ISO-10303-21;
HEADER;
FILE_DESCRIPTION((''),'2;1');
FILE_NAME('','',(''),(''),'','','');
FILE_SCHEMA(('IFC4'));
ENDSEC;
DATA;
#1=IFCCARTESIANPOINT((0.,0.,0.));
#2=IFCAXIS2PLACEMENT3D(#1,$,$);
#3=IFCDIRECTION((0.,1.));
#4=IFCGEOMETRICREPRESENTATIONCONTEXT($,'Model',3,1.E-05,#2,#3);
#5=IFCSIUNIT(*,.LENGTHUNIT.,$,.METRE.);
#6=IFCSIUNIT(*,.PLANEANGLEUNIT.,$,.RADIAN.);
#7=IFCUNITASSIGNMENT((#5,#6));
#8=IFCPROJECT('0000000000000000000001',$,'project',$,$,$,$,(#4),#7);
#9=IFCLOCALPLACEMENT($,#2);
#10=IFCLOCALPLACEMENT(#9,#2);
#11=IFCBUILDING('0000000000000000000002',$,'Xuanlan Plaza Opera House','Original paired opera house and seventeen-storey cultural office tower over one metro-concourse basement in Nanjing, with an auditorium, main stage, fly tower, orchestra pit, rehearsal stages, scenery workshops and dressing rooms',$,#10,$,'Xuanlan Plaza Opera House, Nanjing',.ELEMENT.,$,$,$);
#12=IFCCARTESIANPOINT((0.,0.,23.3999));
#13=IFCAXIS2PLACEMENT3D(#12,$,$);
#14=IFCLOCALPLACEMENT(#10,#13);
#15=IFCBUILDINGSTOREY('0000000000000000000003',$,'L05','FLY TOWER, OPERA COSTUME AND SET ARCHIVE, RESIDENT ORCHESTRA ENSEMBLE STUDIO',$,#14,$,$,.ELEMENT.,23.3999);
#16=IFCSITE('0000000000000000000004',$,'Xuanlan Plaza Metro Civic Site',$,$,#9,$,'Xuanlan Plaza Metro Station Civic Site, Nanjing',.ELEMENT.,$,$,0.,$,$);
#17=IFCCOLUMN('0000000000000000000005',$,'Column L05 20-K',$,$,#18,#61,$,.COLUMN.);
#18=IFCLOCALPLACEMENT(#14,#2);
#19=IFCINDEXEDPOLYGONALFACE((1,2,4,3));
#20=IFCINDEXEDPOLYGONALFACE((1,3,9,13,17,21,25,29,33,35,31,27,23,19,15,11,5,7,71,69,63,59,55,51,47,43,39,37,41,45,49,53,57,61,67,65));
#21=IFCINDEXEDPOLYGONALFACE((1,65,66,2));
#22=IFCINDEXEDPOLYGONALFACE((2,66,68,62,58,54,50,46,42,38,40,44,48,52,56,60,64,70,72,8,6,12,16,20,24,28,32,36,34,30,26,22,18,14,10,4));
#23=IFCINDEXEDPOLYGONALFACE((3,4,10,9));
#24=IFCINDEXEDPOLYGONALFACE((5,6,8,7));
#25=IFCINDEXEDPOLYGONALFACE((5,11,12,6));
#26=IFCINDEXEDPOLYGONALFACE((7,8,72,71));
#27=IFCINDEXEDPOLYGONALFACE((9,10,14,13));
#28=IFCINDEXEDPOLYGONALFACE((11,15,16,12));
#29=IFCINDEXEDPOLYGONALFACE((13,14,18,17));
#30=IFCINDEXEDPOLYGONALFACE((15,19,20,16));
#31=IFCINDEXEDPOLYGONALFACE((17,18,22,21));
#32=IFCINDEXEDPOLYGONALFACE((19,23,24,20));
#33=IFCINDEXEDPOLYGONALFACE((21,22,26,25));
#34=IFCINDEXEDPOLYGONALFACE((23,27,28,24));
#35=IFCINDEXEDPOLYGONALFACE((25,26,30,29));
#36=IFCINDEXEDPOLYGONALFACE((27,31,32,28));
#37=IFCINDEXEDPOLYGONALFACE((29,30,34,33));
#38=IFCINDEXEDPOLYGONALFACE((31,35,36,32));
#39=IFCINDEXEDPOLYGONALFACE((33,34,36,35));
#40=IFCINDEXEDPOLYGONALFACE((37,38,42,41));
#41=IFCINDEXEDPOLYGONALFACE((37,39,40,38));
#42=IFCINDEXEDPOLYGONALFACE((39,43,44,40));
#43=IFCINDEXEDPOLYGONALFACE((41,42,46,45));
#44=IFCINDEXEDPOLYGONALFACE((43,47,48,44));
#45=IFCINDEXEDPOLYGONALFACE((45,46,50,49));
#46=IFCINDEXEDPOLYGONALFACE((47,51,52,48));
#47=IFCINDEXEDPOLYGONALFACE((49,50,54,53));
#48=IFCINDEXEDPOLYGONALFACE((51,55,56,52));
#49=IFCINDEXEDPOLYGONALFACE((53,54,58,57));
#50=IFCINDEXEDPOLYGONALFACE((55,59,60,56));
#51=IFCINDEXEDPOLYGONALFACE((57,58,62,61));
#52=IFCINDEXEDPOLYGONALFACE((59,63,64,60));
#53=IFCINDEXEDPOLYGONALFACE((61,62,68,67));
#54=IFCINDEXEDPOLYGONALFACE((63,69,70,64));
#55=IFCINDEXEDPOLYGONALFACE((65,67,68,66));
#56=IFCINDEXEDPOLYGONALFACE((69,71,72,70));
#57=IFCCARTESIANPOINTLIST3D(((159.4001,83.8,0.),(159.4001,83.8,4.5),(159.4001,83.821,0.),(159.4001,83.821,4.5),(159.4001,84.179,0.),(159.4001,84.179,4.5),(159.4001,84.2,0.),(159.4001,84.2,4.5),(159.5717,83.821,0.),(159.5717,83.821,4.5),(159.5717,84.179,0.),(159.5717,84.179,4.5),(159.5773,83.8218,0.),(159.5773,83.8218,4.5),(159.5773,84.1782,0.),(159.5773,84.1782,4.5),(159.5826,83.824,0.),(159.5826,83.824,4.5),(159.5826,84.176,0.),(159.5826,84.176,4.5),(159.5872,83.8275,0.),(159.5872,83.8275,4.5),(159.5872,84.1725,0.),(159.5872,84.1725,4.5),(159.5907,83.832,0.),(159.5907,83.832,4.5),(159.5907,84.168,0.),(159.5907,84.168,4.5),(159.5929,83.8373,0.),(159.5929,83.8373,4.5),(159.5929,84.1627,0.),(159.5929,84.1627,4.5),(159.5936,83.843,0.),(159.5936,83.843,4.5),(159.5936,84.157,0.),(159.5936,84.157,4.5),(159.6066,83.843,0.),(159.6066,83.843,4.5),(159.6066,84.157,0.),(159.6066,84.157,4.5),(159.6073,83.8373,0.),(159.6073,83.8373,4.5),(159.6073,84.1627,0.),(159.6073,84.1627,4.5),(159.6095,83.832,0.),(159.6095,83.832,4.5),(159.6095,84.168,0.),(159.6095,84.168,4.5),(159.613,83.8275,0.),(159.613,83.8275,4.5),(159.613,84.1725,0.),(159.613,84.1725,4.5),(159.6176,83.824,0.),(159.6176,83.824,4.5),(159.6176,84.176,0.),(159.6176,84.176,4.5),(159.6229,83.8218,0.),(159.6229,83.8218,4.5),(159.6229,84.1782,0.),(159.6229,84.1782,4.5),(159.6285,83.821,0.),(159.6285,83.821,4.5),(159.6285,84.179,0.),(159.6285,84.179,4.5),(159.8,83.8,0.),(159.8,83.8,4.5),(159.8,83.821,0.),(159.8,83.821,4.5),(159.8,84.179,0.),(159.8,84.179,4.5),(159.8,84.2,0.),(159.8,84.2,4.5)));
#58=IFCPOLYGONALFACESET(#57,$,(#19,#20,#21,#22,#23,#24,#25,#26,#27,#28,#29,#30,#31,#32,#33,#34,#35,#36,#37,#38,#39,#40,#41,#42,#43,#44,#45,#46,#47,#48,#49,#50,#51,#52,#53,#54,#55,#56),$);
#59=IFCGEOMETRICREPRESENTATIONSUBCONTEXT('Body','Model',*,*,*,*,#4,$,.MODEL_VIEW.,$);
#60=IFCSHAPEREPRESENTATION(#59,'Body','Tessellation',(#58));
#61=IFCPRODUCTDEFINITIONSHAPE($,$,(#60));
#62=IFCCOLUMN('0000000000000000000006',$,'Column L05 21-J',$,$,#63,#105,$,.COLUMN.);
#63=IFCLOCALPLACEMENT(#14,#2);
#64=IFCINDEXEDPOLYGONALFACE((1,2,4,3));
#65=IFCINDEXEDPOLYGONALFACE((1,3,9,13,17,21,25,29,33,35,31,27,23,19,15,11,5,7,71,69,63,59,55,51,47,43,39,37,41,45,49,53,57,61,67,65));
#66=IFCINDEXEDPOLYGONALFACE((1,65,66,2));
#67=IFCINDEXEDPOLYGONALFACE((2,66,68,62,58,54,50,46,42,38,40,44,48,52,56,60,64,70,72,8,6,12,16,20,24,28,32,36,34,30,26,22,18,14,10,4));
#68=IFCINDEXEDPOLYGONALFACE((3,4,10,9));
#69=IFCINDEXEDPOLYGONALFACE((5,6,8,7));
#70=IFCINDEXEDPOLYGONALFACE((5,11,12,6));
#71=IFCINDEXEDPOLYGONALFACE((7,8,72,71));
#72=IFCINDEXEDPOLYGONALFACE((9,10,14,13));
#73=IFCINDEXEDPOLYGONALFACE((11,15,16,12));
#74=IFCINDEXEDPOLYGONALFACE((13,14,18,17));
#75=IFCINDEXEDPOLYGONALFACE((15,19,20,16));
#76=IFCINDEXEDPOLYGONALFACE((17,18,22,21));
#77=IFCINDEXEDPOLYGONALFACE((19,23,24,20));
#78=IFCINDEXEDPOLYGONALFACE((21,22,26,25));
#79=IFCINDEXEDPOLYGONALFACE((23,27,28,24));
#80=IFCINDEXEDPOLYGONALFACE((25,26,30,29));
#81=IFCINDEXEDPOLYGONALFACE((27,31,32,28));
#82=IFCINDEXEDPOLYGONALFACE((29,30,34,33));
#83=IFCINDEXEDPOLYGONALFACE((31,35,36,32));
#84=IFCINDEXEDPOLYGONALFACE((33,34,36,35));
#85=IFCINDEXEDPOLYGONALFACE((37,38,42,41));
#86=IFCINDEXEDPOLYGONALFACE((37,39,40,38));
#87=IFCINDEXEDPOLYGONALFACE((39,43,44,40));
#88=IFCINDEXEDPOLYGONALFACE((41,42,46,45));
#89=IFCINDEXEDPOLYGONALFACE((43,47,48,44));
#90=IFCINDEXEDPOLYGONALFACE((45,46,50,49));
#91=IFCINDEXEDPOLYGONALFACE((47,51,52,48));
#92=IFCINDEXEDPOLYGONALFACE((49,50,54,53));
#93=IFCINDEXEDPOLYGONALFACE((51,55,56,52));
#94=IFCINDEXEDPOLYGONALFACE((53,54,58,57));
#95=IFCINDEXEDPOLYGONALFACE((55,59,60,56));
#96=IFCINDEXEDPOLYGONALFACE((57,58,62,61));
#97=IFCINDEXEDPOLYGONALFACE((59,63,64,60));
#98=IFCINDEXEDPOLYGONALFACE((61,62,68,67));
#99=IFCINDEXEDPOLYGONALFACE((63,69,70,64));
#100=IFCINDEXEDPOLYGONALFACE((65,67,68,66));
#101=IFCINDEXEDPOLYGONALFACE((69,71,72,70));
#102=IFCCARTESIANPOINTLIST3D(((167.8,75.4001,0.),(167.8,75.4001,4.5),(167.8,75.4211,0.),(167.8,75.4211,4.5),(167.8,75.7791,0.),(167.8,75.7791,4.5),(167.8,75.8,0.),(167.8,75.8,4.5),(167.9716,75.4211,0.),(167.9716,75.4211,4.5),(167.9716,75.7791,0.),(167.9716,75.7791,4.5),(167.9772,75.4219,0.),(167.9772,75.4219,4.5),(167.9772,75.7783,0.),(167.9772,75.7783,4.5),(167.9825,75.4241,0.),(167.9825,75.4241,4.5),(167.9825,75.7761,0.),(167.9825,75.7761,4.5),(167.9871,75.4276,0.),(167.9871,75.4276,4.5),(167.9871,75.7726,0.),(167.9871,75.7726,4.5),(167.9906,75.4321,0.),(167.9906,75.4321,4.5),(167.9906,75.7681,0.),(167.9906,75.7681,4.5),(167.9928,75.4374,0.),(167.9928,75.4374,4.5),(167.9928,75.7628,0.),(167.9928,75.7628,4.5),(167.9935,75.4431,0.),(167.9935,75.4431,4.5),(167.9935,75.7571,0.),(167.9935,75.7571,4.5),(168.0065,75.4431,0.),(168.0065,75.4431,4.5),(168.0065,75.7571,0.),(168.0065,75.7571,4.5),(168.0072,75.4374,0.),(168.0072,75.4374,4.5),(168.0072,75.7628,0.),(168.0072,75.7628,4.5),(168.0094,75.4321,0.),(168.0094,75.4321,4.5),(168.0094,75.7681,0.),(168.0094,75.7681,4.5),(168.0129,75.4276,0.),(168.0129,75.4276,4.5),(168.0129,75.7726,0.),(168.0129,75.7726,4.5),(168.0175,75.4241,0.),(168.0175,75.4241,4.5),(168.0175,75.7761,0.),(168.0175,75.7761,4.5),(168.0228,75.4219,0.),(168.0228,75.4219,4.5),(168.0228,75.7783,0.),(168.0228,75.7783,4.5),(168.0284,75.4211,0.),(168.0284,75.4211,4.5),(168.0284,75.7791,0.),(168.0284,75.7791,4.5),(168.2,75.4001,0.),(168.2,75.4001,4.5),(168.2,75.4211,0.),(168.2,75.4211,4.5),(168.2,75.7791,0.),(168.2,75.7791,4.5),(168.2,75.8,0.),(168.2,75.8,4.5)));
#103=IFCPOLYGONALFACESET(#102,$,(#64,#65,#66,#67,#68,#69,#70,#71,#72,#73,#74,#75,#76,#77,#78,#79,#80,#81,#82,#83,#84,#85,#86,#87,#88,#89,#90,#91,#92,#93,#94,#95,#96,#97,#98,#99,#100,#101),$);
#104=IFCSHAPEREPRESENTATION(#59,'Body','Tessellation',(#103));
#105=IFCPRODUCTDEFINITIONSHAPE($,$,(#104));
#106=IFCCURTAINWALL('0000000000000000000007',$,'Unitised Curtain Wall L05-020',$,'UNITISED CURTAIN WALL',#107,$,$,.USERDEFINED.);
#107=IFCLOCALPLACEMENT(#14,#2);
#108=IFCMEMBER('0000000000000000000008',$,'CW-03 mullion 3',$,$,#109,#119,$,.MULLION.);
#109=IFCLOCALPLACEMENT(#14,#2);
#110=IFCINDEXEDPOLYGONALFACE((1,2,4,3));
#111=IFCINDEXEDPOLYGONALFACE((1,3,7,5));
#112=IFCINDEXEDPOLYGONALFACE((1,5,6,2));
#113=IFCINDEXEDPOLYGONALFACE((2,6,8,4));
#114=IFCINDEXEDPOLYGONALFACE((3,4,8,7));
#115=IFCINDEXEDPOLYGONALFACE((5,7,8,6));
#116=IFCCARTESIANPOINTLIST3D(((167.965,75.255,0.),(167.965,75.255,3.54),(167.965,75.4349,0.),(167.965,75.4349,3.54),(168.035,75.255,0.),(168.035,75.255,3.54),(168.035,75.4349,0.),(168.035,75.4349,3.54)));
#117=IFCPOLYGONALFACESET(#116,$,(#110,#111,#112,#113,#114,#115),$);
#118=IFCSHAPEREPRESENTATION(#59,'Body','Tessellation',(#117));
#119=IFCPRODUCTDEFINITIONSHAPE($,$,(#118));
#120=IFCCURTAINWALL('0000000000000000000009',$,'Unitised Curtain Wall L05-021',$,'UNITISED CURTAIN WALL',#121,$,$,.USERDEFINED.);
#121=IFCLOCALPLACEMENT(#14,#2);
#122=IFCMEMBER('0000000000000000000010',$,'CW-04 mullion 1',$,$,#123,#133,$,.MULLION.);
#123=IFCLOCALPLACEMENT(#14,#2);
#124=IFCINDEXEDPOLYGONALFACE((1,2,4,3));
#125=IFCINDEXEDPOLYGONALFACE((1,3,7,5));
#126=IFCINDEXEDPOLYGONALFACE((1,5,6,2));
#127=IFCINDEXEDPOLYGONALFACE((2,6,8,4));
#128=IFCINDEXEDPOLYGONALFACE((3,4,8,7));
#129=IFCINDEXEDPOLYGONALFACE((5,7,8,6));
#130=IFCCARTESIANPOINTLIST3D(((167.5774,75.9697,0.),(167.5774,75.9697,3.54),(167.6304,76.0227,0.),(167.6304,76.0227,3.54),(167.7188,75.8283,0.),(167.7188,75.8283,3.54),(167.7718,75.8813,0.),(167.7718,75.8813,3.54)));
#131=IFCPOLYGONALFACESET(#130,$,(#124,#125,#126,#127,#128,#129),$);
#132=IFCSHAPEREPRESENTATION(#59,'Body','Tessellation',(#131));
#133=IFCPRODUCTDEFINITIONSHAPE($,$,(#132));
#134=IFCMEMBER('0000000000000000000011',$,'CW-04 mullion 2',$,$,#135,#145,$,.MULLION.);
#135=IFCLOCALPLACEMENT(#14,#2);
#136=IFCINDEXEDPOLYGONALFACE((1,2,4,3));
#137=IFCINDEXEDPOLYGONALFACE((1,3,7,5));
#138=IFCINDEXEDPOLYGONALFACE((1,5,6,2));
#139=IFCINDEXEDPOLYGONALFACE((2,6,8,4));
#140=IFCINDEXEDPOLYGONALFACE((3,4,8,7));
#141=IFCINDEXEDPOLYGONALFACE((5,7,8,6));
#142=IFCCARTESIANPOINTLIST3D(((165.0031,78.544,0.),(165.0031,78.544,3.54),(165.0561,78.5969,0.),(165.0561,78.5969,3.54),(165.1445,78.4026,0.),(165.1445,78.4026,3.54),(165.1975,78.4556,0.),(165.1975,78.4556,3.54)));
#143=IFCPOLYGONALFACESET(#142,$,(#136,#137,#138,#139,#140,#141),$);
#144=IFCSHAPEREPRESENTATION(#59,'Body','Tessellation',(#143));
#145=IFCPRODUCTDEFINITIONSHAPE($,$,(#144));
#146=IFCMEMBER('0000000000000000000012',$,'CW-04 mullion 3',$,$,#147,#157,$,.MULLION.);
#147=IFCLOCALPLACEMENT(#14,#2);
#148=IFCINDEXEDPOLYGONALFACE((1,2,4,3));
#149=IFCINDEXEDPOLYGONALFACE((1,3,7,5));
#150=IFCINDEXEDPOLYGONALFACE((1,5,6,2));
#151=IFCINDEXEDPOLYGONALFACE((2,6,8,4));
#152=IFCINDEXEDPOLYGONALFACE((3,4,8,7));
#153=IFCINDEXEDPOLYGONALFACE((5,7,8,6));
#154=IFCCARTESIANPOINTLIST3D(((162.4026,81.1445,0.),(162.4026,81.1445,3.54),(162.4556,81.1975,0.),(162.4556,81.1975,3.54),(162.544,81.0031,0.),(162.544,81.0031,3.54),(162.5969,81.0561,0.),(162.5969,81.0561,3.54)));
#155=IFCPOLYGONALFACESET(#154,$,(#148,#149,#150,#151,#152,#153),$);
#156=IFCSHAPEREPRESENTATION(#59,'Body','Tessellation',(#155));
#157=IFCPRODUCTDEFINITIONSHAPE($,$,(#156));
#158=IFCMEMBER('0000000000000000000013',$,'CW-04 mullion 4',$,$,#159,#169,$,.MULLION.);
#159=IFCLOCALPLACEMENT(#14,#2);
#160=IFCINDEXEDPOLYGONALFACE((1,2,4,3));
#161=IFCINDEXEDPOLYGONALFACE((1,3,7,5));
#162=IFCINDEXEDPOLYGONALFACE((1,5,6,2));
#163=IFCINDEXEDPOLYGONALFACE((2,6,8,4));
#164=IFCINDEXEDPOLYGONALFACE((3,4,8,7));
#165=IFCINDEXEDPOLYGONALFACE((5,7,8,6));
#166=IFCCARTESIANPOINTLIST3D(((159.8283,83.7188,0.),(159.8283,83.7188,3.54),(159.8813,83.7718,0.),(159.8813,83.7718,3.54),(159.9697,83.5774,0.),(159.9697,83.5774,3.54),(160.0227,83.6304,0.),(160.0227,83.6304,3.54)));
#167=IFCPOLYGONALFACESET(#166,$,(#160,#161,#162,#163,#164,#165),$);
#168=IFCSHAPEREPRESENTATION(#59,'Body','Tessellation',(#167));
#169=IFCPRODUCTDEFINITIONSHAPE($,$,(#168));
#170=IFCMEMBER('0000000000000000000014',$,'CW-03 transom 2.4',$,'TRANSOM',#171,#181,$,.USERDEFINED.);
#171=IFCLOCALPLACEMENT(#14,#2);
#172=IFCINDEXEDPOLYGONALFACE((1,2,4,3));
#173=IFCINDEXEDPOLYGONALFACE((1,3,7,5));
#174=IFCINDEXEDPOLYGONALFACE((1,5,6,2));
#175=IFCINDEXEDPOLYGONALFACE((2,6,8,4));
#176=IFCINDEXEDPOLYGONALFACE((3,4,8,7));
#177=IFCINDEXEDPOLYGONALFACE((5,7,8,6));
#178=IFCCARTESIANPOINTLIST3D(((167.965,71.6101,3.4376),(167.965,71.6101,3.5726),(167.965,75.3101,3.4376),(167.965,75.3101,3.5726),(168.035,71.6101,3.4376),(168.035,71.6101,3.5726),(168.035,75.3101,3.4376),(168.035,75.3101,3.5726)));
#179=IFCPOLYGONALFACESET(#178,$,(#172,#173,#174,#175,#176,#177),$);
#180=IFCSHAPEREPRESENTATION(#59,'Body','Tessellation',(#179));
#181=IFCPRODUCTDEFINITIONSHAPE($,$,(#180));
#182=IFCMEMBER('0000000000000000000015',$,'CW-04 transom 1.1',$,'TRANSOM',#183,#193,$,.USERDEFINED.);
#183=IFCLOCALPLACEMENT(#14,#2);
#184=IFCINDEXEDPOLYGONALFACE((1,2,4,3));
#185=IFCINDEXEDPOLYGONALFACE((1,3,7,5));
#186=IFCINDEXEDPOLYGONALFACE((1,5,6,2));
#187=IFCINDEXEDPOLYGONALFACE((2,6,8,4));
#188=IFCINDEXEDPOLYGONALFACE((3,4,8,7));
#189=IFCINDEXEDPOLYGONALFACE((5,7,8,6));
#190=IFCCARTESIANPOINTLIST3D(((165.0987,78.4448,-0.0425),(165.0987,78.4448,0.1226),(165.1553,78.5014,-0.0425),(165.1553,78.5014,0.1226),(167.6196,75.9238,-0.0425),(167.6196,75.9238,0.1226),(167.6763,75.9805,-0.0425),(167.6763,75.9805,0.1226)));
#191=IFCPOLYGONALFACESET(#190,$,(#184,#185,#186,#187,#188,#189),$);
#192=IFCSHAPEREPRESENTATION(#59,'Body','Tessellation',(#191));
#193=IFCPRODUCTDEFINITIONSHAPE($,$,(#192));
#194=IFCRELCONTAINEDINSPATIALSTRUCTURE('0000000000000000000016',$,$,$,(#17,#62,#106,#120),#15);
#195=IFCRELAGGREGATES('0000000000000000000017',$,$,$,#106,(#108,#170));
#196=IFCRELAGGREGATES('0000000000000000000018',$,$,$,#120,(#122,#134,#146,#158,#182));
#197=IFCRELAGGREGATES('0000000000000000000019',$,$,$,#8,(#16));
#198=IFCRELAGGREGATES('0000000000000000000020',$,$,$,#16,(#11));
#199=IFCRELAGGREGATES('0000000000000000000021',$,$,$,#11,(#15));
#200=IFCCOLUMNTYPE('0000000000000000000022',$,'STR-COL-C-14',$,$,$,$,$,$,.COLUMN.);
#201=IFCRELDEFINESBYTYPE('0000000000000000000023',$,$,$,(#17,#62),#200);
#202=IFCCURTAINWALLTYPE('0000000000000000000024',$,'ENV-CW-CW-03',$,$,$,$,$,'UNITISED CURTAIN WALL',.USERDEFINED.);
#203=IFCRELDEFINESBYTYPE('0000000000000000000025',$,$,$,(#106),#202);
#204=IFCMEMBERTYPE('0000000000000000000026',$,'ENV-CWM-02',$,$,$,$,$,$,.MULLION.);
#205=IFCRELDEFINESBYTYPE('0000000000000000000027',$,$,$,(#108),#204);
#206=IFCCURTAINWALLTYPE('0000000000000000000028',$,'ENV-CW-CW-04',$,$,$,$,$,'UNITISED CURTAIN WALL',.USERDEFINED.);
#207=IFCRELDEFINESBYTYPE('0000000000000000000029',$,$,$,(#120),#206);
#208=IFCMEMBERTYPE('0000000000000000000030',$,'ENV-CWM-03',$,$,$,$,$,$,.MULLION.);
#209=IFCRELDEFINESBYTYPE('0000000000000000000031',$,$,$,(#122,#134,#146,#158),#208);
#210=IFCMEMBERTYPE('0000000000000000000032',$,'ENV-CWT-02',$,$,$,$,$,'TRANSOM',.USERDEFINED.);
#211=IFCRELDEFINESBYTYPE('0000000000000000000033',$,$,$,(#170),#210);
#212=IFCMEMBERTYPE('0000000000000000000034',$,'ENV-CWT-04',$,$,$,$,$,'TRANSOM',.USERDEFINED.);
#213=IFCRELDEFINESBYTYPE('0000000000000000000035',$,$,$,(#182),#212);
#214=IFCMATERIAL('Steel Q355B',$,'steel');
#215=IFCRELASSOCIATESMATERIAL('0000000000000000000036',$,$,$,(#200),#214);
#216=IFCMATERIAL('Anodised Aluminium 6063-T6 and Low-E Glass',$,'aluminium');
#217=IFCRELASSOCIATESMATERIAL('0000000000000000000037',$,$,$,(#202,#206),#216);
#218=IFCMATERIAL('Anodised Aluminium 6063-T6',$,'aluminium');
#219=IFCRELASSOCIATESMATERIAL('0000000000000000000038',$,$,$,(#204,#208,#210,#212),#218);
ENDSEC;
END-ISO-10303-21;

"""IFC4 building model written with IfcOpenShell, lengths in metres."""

from ifc_helpers import new_model, si_unit, direction, frame, origin, origin_2d, place, context, subcontext, project, spatial, rectangle, i_section, extrude, material, material_profile, profile_set, type_object, element, aggregate, save


model = new_model("IFC4")

# Units and contexts
model_context = context("Model", 3, precision=1e-05, world=origin(), true_north=direction((0.0, 1.0)))
body_context = subcontext(model_context, "Body", "Model", "MODEL_VIEW")
ifc_project = project(units=[si_unit("LENGTHUNIT", "METRE"), si_unit("PLANEANGLEUNIT", "RADIAN")], contexts=[model_context])

# Site, building, storey
site_placement = place(None, origin())
site = spatial("IfcSite", under=ifc_project, at=site_placement, Name="Xuanlan Plaza Metro Civic Site", LongName="Xuanlan Plaza Metro Station Civic Site, Nanjing", CompositionType="ELEMENT", RefElevation=0.0)
building_placement = place(site_placement, origin())
building = spatial("IfcBuilding", under=site, at=building_placement, Name="Xuanlan Plaza Opera House", Description="Original paired opera house and seventeen-storey cultural office tower over one metro-concourse basement in Nanjing, with an auditorium, main stage, fly tower, orchestra pit, rehearsal stages, scenery workshops and dressing rooms", LongName="Xuanlan Plaza Opera House, Nanjing", CompositionType="ELEMENT")
storey_placement = place(building_placement, frame((0.0, 0.0, 23.3999)))
storey = spatial("IfcBuildingStorey", under=building, at=storey_placement, Name="L05", Description="FLY TOWER, OPERA COSTUME AND SET ARCHIVE, RESIDENT ORCHESTRA ENSEMBLE STUDIO", CompositionType="ELEMENT", Elevation=23.3999)

# Columns
ifc_material_1 = material(Name="Steel Q355B", Category="steel")
ifc_material_profile_1 = material_profile(ifc_material_1, i_section(OverallWidth=0.3999, OverallDepth=0.3999, WebThickness=0.0129, FlangeThickness=0.021, FilletRadius=0.022, at=origin_2d()), Name="HW 400x400x13x21")
ifc_profile_set_1 = profile_set([ifc_material_profile_1], Name="Steel Q355B")
column_type = type_object("IfcColumnType", Name="STR-COL-C-14", PredefinedType="COLUMN", material=ifc_profile_set_1)
for number, where, z_axis, x_axis, name in (
    (1, (159.6001, 84.0, 0.0), (0.0, 0.0, 1.0), (1.0, 0.0, 0.0), "Column L05 20-K"),
    (2, (168.0, 75.6001, 0.0), (0.0, 0.0, 1.0), (1.0, 0.0, 0.0), "Column L05 21-J"),
):
    element("IfcColumn", number, at=place(storey_placement, frame(where, z_axis=z_axis, x_axis=x_axis)), inside=storey, type_object=column_type, Name=name, PredefinedType="COLUMN", context=body_context, shape_type="SweptSolid", body=[
        extrude(i_section(OverallWidth=0.3999, OverallDepth=0.3999, WebThickness=0.0129, FlangeThickness=0.021, FilletRadius=0.022, at=origin_2d()), origin(), (0.0, 0.0, 1.0), 4.5),
    ])

# Curtain wall, member
ifc_material_2 = material(Name="Anodised Aluminium 6063-T6 and Low-E Glass", Category="aluminium")
curtain_wall_type_1 = type_object("IfcCurtainWallType", Name="ENV-CW-CW-03", ElementType="UNITISED CURTAIN WALL", PredefinedType="USERDEFINED", material=ifc_material_2)
curtain_wall_1_placement = place(storey_placement, origin())
curtain_wall_1 = element("IfcCurtainWall", 3, at=curtain_wall_1_placement, inside=storey, type_object=curtain_wall_type_1, Name="Unitised Curtain Wall L05-020", ObjectType="UNITISED CURTAIN WALL", PredefinedType="USERDEFINED")
ifc_material_3 = material(Name="Anodised Aluminium 6063-T6", Category="aluminium")
ifc_material_profile_2 = material_profile(ifc_material_3, rectangle(XDim=0.0701, YDim=0.1799, at=origin_2d()), Name="ALU-M 70x180")
ifc_profile_set_2 = profile_set([ifc_material_profile_2], Name="Anodised Aluminium 6063-T6")
member_type_1 = type_object("IfcMemberType", Name="ENV-CWM-02", PredefinedType="MULLION", material=ifc_profile_set_2)
member_1_placement = place(storey_placement, frame((168.0, 75.345, 0.0), z_axis=(0.0, 0.0, 1.0), x_axis=(-1.0, 0.0, 0.0)))
member_1 = element("IfcMember", 4, at=member_1_placement, type_object=member_type_1, Name="CW-03 mullion 3", PredefinedType="MULLION", context=body_context, shape_type="SweptSolid", body=[
    extrude(rectangle(XDim=0.0701, YDim=0.1799, at=origin_2d()), origin(), (0.0, 0.0, 1.0), 3.54),
])

# Curtain wall, members
curtain_wall_type_2 = type_object("IfcCurtainWallType", Name="ENV-CW-CW-04", ElementType="UNITISED CURTAIN WALL", PredefinedType="USERDEFINED", material=ifc_material_2)
curtain_wall_2_placement = place(storey_placement, origin())
curtain_wall_2 = element("IfcCurtainWall", 5, at=curtain_wall_2_placement, inside=storey, type_object=curtain_wall_type_2, Name="Unitised Curtain Wall L05-021", ObjectType="UNITISED CURTAIN WALL", PredefinedType="USERDEFINED")
ifc_material_profile_3 = material_profile(ifc_material_3, rectangle(XDim=0.075, YDim=0.2, at=origin_2d()), Name="ALU-M 75x200")
ifc_profile_set_3 = profile_set([ifc_material_profile_3], Name="Anodised Aluminium 6063-T6")
member_type_2 = type_object("IfcMemberType", Name="ENV-CWM-03", PredefinedType="MULLION", material=ifc_profile_set_3)
member_2_placement = place(storey_placement, frame((167.6746, 75.9255, 0.0), z_axis=(0.0, 0.0, 1.0), x_axis=(-0.707107, -0.707107, 0.0)))
member_2 = element("IfcMember", 6, at=member_2_placement, type_object=member_type_2, Name="CW-04 mullion 1", PredefinedType="MULLION", context=body_context, shape_type="SweptSolid", body=[
    extrude(rectangle(XDim=0.075, YDim=0.2, at=origin_2d()), origin(), (0.0, 0.0, 1.0), 3.54),
])
member_3_placement = place(storey_placement, frame((165.1003, 78.4998, 0.0), z_axis=(0.0, 0.0, 1.0), x_axis=(-0.707107, -0.707107, 0.0)))
member_3 = element("IfcMember", 7, at=member_3_placement, type_object=member_type_2, Name="CW-04 mullion 2", PredefinedType="MULLION", context=body_context, shape_type="SweptSolid", body=[
    extrude(rectangle(XDim=0.075, YDim=0.2, at=origin_2d()), origin(), (0.0, 0.0, 1.0), 3.54),
])
member_4_placement = place(storey_placement, frame((162.4998, 81.1003, 0.0), z_axis=(0.0, 0.0, 1.0), x_axis=(-0.707107, -0.707107, 0.0)))
member_4 = element("IfcMember", 8, at=member_4_placement, type_object=member_type_2, Name="CW-04 mullion 3", PredefinedType="MULLION", context=body_context, shape_type="SweptSolid", body=[
    extrude(rectangle(XDim=0.075, YDim=0.2, at=origin_2d()), origin(), (0.0, 0.0, 1.0), 3.54),
])
member_5_placement = place(storey_placement, frame((159.9255, 83.6746, 0.0), z_axis=(0.0, 0.0, 1.0), x_axis=(-0.707107, -0.707107, 0.0)))
member_5 = element("IfcMember", 9, at=member_5_placement, type_object=member_type_2, Name="CW-04 mullion 4", PredefinedType="MULLION", context=body_context, shape_type="SweptSolid", body=[
    extrude(rectangle(XDim=0.075, YDim=0.2, at=origin_2d()), origin(), (0.0, 0.0, 1.0), 3.54),
])

# Members
ifc_material_profile_4 = material_profile(ifc_material_3, rectangle(XDim=0.0701, YDim=0.135, at=origin_2d()), Name="ALU-T 70x135")
ifc_profile_set_4 = profile_set([ifc_material_profile_4], Name="Anodised Aluminium 6063-T6")
member_type_3 = type_object("IfcMemberType", Name="ENV-CWT-02", ElementType="TRANSOM", PredefinedType="USERDEFINED", material=ifc_profile_set_4)
member_6_placement = place(storey_placement, frame((168.0, 71.6101, 3.5051), z_axis=(0.0, 1.0, 0.0), x_axis=(-1.0, 0.0, 0.0)))
member_6 = element("IfcMember", 10, at=member_6_placement, type_object=member_type_3, Name="CW-03 transom 2.4", ObjectType="TRANSOM", PredefinedType="USERDEFINED", context=body_context, shape_type="SweptSolid", body=[
    extrude(rectangle(XDim=0.0701, YDim=0.135, at=origin_2d()), origin(), (0.0, 0.0, 1.0), 3.7),
])
ifc_material_profile_5 = material_profile(ifc_material_3, rectangle(XDim=0.0801, YDim=0.165, at=origin_2d()), Name="ALU-T 80x165")
ifc_profile_set_5 = profile_set([ifc_material_profile_5], Name="Anodised Aluminium 6063-T6")
member_type_4 = type_object("IfcMemberType", Name="ENV-CWT-04", ElementType="TRANSOM", PredefinedType="USERDEFINED", material=ifc_profile_set_5)
member_7_placement = place(storey_placement, frame((167.6479, 75.9521, 0.04), z_axis=(-0.707107, 0.707107, 0.0), x_axis=(-0.707107, -0.707107, 0.0)))
member_7 = element("IfcMember", 11, at=member_7_placement, type_object=member_type_4, Name="CW-04 transom 1.1", ObjectType="TRANSOM", PredefinedType="USERDEFINED", context=body_context, shape_type="SweptSolid", body=[
    extrude(rectangle(XDim=0.0801, YDim=0.165, at=origin_2d()), origin(), (0.0, 0.0, 1.0), 3.5652),
])

aggregate(curtain_wall_1, [member_1, member_6])
aggregate(curtain_wall_2, [member_2, member_3, member_4, member_5, member_7])

save(model, "model.ifc")
